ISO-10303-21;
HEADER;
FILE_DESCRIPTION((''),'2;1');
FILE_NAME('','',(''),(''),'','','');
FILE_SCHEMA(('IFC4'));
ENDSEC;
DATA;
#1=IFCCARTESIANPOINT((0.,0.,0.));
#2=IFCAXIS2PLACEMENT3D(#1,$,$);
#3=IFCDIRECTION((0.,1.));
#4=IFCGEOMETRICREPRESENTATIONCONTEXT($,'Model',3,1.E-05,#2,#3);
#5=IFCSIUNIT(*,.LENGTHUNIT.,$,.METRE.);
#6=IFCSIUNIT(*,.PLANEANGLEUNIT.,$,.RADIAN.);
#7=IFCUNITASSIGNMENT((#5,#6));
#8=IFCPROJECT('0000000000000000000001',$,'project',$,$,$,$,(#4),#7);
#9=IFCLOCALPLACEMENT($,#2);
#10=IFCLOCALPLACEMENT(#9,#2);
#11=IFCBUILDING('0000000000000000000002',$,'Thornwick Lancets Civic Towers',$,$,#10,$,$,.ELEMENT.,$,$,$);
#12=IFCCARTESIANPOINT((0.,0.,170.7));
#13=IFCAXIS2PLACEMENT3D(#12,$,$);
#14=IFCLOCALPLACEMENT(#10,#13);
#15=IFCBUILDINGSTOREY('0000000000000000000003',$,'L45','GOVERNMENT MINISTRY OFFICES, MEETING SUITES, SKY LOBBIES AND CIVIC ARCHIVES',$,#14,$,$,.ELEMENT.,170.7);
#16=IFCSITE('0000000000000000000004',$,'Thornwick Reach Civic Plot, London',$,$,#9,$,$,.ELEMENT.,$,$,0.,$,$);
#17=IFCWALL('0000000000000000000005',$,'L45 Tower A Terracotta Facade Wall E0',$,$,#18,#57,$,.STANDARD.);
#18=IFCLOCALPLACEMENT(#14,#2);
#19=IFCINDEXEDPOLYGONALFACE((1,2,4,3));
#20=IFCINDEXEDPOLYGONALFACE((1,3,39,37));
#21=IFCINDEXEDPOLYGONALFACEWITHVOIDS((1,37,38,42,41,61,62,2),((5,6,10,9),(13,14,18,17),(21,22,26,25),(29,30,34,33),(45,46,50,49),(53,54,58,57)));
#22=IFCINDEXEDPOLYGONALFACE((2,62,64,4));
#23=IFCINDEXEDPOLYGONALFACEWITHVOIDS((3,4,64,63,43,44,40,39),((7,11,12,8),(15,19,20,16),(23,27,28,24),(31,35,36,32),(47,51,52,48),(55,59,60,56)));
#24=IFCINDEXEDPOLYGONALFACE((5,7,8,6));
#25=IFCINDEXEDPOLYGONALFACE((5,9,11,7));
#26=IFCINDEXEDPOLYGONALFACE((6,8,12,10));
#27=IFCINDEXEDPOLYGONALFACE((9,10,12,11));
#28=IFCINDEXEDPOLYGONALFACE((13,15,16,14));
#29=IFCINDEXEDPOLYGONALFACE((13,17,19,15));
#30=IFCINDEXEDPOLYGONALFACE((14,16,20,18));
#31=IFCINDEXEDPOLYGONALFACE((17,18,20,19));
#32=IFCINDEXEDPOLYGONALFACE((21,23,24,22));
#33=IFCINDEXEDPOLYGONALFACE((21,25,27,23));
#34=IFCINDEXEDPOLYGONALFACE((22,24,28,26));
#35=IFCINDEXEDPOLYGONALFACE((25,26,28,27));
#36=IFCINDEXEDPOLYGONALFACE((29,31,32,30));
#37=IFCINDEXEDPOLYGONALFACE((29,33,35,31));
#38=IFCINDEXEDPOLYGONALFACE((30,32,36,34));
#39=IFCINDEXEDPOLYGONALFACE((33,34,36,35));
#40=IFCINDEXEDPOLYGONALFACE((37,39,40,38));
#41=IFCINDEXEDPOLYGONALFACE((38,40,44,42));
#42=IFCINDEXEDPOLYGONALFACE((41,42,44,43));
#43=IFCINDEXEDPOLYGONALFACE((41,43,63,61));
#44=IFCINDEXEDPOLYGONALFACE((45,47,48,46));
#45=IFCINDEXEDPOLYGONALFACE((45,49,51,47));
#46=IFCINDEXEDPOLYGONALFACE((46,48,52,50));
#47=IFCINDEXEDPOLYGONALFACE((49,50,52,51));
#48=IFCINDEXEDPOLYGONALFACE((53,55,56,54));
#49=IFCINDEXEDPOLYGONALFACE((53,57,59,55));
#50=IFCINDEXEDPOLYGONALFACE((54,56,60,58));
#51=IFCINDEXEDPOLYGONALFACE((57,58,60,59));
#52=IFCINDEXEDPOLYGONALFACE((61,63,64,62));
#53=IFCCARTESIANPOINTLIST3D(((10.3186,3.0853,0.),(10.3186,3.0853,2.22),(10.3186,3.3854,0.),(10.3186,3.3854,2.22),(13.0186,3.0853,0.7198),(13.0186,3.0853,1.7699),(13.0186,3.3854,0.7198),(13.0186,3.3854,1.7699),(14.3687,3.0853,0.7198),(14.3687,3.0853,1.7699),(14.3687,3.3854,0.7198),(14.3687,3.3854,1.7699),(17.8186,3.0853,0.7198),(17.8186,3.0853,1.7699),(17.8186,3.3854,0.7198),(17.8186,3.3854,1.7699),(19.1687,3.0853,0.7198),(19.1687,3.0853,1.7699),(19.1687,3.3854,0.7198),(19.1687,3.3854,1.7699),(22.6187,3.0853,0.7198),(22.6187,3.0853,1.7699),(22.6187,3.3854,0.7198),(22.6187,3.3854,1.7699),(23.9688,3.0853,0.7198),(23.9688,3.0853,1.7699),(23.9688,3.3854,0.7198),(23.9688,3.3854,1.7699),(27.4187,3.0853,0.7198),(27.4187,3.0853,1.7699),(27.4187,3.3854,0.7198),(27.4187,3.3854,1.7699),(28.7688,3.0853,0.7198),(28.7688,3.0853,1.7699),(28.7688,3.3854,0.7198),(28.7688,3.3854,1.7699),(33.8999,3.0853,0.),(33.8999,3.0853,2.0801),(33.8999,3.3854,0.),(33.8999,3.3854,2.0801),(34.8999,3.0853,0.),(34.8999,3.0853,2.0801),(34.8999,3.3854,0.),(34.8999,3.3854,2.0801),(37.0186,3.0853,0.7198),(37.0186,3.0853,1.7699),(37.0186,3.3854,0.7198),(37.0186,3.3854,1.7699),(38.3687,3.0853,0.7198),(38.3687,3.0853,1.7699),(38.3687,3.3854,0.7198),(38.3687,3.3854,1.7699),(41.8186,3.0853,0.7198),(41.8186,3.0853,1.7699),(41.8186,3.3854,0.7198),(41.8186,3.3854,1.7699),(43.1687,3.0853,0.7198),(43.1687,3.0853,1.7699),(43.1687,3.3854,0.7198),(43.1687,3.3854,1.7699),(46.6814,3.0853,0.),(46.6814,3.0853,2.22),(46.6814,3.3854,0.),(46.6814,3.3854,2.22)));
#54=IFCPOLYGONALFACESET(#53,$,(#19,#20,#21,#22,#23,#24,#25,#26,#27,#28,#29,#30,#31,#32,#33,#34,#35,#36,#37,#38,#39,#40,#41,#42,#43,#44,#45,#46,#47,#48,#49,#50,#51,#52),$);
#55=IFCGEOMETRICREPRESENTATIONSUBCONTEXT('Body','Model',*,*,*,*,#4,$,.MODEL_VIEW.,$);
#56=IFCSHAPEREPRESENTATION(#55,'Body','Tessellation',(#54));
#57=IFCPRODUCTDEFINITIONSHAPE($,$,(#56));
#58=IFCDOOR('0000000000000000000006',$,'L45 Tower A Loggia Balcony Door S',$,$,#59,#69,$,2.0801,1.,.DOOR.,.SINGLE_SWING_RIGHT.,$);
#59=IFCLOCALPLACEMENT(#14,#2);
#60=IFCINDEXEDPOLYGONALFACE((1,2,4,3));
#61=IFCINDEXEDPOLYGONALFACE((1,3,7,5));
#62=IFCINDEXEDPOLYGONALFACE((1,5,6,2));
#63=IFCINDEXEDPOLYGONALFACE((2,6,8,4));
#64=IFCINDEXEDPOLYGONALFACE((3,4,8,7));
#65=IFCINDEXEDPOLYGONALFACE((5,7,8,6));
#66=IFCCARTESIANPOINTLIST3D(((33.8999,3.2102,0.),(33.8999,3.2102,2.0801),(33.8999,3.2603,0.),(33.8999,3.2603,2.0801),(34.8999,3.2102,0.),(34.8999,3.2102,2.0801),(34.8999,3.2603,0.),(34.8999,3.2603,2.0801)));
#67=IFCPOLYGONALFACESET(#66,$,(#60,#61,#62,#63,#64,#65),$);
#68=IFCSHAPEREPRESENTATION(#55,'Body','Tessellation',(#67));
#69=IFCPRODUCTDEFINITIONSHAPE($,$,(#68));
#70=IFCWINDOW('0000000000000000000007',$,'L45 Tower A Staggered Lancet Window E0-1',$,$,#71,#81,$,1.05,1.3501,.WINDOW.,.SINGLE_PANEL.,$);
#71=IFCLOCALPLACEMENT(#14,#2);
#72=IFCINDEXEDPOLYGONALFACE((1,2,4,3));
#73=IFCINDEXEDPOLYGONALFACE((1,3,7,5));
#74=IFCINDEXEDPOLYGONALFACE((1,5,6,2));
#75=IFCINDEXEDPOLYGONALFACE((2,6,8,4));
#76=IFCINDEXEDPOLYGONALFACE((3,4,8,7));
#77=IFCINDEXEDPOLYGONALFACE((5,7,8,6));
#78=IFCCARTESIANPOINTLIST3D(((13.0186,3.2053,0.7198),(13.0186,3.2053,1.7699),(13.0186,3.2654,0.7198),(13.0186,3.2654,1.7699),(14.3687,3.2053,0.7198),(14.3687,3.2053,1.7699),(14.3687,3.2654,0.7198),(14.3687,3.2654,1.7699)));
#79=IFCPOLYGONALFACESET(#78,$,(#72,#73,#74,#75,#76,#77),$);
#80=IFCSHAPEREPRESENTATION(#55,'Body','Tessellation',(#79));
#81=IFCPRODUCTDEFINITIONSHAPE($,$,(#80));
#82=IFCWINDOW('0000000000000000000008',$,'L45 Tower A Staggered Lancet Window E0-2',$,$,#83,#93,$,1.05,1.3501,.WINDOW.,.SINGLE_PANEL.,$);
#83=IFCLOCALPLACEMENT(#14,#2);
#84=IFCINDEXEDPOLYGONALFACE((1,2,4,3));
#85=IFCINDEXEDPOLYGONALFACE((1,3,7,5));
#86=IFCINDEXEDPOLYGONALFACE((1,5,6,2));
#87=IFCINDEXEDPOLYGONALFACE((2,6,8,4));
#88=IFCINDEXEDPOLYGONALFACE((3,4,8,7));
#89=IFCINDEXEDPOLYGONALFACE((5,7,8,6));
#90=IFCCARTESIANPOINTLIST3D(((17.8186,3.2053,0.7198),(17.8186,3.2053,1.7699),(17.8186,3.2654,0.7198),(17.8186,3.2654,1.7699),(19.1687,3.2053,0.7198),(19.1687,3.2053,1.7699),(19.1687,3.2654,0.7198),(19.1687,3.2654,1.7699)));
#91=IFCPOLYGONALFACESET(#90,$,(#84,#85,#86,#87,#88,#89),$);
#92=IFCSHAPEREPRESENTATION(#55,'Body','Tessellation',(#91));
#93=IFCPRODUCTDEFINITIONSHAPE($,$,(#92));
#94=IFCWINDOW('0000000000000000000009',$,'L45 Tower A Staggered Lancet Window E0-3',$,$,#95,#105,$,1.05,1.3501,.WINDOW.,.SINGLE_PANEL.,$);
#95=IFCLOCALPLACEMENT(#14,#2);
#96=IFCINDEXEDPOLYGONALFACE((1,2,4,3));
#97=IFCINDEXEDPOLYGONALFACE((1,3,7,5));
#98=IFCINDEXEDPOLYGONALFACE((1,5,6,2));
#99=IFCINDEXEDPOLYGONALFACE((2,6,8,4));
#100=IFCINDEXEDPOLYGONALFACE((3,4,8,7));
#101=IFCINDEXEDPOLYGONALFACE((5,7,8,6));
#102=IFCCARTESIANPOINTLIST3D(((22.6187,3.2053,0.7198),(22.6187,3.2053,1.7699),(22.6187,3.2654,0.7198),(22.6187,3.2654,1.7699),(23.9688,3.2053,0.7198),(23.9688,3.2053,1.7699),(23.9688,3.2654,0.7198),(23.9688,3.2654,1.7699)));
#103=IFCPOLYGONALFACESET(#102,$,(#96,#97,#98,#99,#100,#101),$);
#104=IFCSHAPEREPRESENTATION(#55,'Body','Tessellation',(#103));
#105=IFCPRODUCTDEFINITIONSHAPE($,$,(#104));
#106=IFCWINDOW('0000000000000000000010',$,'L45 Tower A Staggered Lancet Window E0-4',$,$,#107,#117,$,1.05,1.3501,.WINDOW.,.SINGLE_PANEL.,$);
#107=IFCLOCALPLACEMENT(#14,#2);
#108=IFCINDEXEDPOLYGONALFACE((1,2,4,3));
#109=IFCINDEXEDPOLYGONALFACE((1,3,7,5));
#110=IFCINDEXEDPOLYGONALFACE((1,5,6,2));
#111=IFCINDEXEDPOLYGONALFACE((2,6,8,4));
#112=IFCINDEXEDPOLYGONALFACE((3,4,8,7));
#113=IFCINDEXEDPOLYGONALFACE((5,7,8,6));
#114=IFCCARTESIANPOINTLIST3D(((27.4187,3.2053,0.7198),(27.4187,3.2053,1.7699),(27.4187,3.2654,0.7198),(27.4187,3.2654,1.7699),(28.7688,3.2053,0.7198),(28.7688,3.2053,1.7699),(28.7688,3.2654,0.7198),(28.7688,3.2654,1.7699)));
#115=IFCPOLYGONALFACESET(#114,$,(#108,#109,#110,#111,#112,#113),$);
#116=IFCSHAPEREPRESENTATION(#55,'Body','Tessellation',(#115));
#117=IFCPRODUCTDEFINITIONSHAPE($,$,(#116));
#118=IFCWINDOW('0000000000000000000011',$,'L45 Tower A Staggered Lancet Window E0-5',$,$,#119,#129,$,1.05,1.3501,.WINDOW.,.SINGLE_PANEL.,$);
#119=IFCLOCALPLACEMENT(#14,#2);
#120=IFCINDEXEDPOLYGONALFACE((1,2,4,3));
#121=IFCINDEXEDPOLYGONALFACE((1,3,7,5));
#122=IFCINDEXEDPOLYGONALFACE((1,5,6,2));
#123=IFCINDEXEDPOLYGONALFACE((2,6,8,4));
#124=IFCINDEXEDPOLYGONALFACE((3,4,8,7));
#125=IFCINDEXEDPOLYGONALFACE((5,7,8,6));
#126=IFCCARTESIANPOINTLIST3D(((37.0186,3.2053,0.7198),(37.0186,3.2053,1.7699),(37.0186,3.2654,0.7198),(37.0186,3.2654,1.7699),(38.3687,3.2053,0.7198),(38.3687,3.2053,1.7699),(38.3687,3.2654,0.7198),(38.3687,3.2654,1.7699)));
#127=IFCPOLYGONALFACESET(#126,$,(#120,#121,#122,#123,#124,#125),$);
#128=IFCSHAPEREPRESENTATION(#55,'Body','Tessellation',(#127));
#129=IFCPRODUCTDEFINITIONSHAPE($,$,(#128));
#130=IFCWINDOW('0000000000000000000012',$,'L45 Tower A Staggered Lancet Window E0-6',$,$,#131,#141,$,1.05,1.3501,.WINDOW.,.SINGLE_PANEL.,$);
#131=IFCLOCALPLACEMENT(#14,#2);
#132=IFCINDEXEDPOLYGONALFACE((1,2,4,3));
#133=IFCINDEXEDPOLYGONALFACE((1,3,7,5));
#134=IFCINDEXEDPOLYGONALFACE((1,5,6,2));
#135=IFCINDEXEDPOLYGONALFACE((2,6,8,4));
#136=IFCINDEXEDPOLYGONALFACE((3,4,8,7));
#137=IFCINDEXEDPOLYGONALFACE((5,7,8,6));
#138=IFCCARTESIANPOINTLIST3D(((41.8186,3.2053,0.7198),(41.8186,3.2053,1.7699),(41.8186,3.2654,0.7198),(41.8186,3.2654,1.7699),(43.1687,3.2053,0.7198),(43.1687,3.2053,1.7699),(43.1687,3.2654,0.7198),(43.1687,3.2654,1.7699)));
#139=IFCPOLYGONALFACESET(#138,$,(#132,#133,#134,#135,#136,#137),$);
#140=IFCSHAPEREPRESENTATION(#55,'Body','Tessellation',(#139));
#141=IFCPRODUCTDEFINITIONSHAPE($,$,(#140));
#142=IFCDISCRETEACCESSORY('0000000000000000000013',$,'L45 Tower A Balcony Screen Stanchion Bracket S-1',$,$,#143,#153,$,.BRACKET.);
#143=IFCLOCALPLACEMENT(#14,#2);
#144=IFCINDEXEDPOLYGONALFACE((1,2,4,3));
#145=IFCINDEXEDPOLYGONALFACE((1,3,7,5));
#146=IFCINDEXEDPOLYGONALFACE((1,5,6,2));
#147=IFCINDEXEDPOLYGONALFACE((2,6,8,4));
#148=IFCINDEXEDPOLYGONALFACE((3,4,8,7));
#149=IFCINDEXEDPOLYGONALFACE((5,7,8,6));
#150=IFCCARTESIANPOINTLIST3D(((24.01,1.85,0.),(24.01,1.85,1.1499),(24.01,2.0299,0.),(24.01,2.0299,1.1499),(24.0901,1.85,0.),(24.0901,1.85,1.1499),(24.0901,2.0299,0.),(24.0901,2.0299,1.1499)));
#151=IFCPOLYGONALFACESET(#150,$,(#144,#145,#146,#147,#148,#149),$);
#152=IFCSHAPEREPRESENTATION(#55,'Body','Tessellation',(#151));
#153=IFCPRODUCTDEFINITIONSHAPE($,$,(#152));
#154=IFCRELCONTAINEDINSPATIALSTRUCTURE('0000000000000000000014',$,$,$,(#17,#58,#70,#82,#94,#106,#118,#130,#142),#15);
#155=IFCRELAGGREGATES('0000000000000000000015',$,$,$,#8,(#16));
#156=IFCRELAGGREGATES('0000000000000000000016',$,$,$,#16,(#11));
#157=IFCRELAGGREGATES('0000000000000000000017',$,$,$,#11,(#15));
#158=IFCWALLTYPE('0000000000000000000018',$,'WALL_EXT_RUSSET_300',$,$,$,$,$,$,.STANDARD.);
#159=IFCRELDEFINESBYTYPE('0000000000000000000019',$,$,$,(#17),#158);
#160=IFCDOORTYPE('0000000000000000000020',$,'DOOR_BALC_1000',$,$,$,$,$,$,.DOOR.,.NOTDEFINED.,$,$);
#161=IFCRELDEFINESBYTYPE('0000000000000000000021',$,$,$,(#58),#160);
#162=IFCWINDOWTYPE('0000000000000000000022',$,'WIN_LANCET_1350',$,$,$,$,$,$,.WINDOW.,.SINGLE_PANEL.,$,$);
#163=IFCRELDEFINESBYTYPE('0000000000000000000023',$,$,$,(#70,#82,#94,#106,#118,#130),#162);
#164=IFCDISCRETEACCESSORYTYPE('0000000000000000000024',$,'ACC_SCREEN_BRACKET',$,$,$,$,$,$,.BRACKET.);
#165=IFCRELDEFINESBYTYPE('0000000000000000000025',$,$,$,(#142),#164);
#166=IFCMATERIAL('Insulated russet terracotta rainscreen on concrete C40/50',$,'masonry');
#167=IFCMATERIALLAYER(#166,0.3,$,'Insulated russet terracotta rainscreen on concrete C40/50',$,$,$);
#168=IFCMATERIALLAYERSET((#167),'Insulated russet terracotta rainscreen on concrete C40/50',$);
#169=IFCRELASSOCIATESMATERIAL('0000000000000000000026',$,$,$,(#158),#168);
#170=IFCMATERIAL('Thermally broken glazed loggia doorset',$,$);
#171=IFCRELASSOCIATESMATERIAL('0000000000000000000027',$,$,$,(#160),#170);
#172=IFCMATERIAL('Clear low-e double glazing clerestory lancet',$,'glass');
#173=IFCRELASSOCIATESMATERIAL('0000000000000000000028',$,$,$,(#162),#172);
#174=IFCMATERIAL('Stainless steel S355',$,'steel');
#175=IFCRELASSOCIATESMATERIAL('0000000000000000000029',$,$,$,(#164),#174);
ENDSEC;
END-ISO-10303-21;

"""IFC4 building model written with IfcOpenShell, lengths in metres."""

from ifc_helpers import new_model, si_unit, direction, frame, frame_2d, origin, origin_2d, place, context, subcontext, project, spatial, rectangle, extrude, material, layer, layer_set, type_object, element, fill, save


model = new_model("IFC4")

# Units and contexts
model_context = context("Model", 3, precision=1e-05, world=origin(), true_north=direction((0.0, 1.0)))
body_context = subcontext(model_context, "Body", "Model", "MODEL_VIEW")
ifc_project = project(units=[si_unit("LENGTHUNIT", "METRE"), si_unit("PLANEANGLEUNIT", "RADIAN")], contexts=[model_context])

# Site, building, storey
site_placement = place(None, origin())
site = spatial("IfcSite", under=ifc_project, at=site_placement, Name="Thornwick Reach Civic Plot, London", CompositionType="ELEMENT", RefElevation=0.0)
building_placement = place(site_placement, origin())
building = spatial("IfcBuilding", under=site, at=building_placement, Name="Thornwick Lancets Civic Towers", CompositionType="ELEMENT")
storey_placement = place(building_placement, frame((0.0, 0.0, 170.7)))
storey = spatial("IfcBuildingStorey", under=building, at=storey_placement, Name="L45", Description="GOVERNMENT MINISTRY OFFICES, MEETING SUITES, SKY LOBBIES AND CIVIC ARCHIVES", CompositionType="ELEMENT", Elevation=170.7)

# Wall, openings, door, windows
ifc_material_1 = material(Name="Insulated russet terracotta rainscreen on concrete C40/50", Category="masonry")
ifc_layer_1 = layer(ifc_material_1, 0.3, Name="Insulated russet terracotta rainscreen on concrete C40/50")
ifc_layer_set_1 = layer_set([ifc_layer_1], Name="Insulated russet terracotta rainscreen on concrete C40/50")
wall_type_1 = type_object("IfcWallType", Name="WALL_EXT_RUSSET_300", PredefinedType="STANDARD", material=ifc_layer_set_1)
wall_1_placement = place(storey_placement, frame((10.3186, 3.2354, 0.0), z_axis=(0.0, 0.0, 1.0), x_axis=(1.0, 0.0, 0.0)))
wall_1 = element("IfcWall", 1, at=wall_1_placement, inside=storey, type_object=wall_type_1, Name="L45 Tower A Terracotta Facade Wall E0", PredefinedType="STANDARD", context=body_context, shape_type="SweptSolid", body=[
    extrude(rectangle(XDim=36.3628, YDim=0.3, at=frame_2d((18.1814, 0.0))), origin(), (0.0, 0.0, 1.0), 2.22),
])
opening_1_placement = place(wall_1_placement, frame((23.5813, 0.0, 0.0)))
opening_1 = element("IfcOpeningElement", 2, at=opening_1_placement, cuts=wall_1, PredefinedType="OPENING", context=body_context, shape_type="SweptSolid", body=[
    extrude(rectangle(XDim=1.0, YDim=2.0801, at=frame_2d((0.5, 1.04))), frame((0.0, 0.1602, 0.0), z_axis=(0.0, -1.0, 0.0), x_axis=(1.0, 0.0, 0.0)), (0.0, 0.0, 1.0), 0.3201),
])
opening_2_placement = place(wall_1_placement, frame((2.7, 0.0, 0.72)))
opening_2 = element("IfcOpeningElement", 3, at=opening_2_placement, cuts=wall_1, PredefinedType="OPENING", context=body_context, shape_type="SweptSolid", body=[
    extrude(rectangle(XDim=1.3501, YDim=1.05, at=frame_2d((0.675, 0.5249))), frame((0.0, 0.1602, 0.0), z_axis=(0.0, -1.0, 0.0), x_axis=(1.0, 0.0, 0.0)), (0.0, 0.0, 1.0), 0.3201),
])
opening_3_placement = place(wall_1_placement, frame((7.5, 0.0, 0.72)))
opening_3 = element("IfcOpeningElement", 4, at=opening_3_placement, cuts=wall_1, PredefinedType="OPENING", context=body_context, shape_type="SweptSolid", body=[
    extrude(rectangle(XDim=1.3501, YDim=1.05, at=frame_2d((0.675, 0.5249))), frame((0.0, 0.1602, 0.0), z_axis=(0.0, -1.0, 0.0), x_axis=(1.0, 0.0, 0.0)), (0.0, 0.0, 1.0), 0.3201),
])
opening_4_placement = place(wall_1_placement, frame((12.3, 0.0, 0.72)))
opening_4 = element("IfcOpeningElement", 5, at=opening_4_placement, cuts=wall_1, PredefinedType="OPENING", context=body_context, shape_type="SweptSolid", body=[
    extrude(rectangle(XDim=1.3501, YDim=1.05, at=frame_2d((0.675, 0.5249))), frame((0.0, 0.1602, 0.0), z_axis=(0.0, -1.0, 0.0), x_axis=(1.0, 0.0, 0.0)), (0.0, 0.0, 1.0), 0.3201),
])
opening_5_placement = place(wall_1_placement, frame((17.1001, 0.0, 0.72)))
opening_5 = element("IfcOpeningElement", 6, at=opening_5_placement, cuts=wall_1, PredefinedType="OPENING", context=body_context, shape_type="SweptSolid", body=[
    extrude(rectangle(XDim=1.3501, YDim=1.05, at=frame_2d((0.675, 0.5249))), frame((0.0, 0.1602, 0.0), z_axis=(0.0, -1.0, 0.0), x_axis=(1.0, 0.0, 0.0)), (0.0, 0.0, 1.0), 0.3201),
])
opening_6_placement = place(wall_1_placement, frame((26.7, 0.0, 0.72)))
opening_6 = element("IfcOpeningElement", 7, at=opening_6_placement, cuts=wall_1, PredefinedType="OPENING", context=body_context, shape_type="SweptSolid", body=[
    extrude(rectangle(XDim=1.3501, YDim=1.05, at=frame_2d((0.675, 0.5249))), frame((0.0, 0.1602, 0.0), z_axis=(0.0, -1.0, 0.0), x_axis=(1.0, 0.0, 0.0)), (0.0, 0.0, 1.0), 0.3201),
])
opening_7_placement = place(wall_1_placement, frame((31.5, 0.0, 0.72)))
opening_7 = element("IfcOpeningElement", 8, at=opening_7_placement, cuts=wall_1, PredefinedType="OPENING", context=body_context, shape_type="SweptSolid", body=[
    extrude(rectangle(XDim=1.3501, YDim=1.05, at=frame_2d((0.675, 0.5249))), frame((0.0, 0.1602, 0.0), z_axis=(0.0, -1.0, 0.0), x_axis=(1.0, 0.0, 0.0)), (0.0, 0.0, 1.0), 0.3201),
])
ifc_material_2 = material(Name="Thermally broken glazed loggia doorset")
door_type = type_object("IfcDoorType", Name="DOOR_BALC_1000", OperationType="NOTDEFINED", PredefinedType="DOOR", material=ifc_material_2)
door_placement = place(opening_1_placement, origin())
door = element("IfcDoor", 9, at=door_placement, inside=storey, type_object=door_type, Name="L45 Tower A Loggia Balcony Door S", OperationType="SINGLE_SWING_RIGHT", OverallHeight=2.0801, OverallWidth=1.0, PredefinedType="DOOR", context=body_context, shape_type="SweptSolid", body=[
    extrude(rectangle(XDim=1.0, YDim=2.0801, at=frame_2d((0.5, 1.04))), frame((0.0, 0.0249, 0.0), z_axis=(0.0, -1.0, 0.0), x_axis=(1.0, 0.0, 0.0)), (0.0, 0.0, 1.0), 0.05),
])
fill(opening_1, door)
ifc_material_3 = material(Name="Clear low-e double glazing clerestory lancet", Category="glass")
window_type = type_object("IfcWindowType", Name="WIN_LANCET_1350", PartitioningType="SINGLE_PANEL", PredefinedType="WINDOW", material=ifc_material_3)
window_1_placement = place(opening_2_placement, origin())
window_1 = element("IfcWindow", 10, at=window_1_placement, inside=storey, type_object=window_type, Name="L45 Tower A Staggered Lancet Window E0-1", OverallHeight=1.05, OverallWidth=1.3501, PartitioningType="SINGLE_PANEL", PredefinedType="WINDOW", context=body_context, shape_type="SweptSolid", body=[
    extrude(rectangle(XDim=1.3501, YDim=1.05, at=frame_2d((0.675, 0.5249))), frame((0.0, 0.03, 0.0), z_axis=(0.0, -1.0, 0.0), x_axis=(1.0, 0.0, 0.0)), (0.0, 0.0, 1.0), 0.0601),
])
fill(opening_2, window_1)
window_2_placement = place(opening_3_placement, origin())
window_2 = element("IfcWindow", 11, at=window_2_placement, inside=storey, type_object=window_type, Name="L45 Tower A Staggered Lancet Window E0-2", OverallHeight=1.05, OverallWidth=1.3501, PartitioningType="SINGLE_PANEL", PredefinedType="WINDOW", context=body_context, shape_type="SweptSolid", body=[
    extrude(rectangle(XDim=1.3501, YDim=1.05, at=frame_2d((0.675, 0.5249))), frame((0.0, 0.03, 0.0), z_axis=(0.0, -1.0, 0.0), x_axis=(1.0, 0.0, 0.0)), (0.0, 0.0, 1.0), 0.0601),
])
fill(opening_3, window_2)
window_3_placement = place(opening_4_placement, origin())
window_3 = element("IfcWindow", 12, at=window_3_placement, inside=storey, type_object=window_type, Name="L45 Tower A Staggered Lancet Window E0-3", OverallHeight=1.05, OverallWidth=1.3501, PartitioningType="SINGLE_PANEL", PredefinedType="WINDOW", context=body_context, shape_type="SweptSolid", body=[
    extrude(rectangle(XDim=1.3501, YDim=1.05, at=frame_2d((0.675, 0.5249))), frame((0.0, 0.03, 0.0), z_axis=(0.0, -1.0, 0.0), x_axis=(1.0, 0.0, 0.0)), (0.0, 0.0, 1.0), 0.0601),
])
fill(opening_4, window_3)
window_4_placement = place(opening_5_placement, origin())
window_4 = element("IfcWindow", 13, at=window_4_placement, inside=storey, type_object=window_type, Name="L45 Tower A Staggered Lancet Window E0-4", OverallHeight=1.05, OverallWidth=1.3501, PartitioningType="SINGLE_PANEL", PredefinedType="WINDOW", context=body_context, shape_type="SweptSolid", body=[
    extrude(rectangle(XDim=1.3501, YDim=1.05, at=frame_2d((0.675, 0.5249))), frame((0.0, 0.03, 0.0), z_axis=(0.0, -1.0, 0.0), x_axis=(1.0, 0.0, 0.0)), (0.0, 0.0, 1.0), 0.0601),
])
fill(opening_5, window_4)
window_5_placement = place(opening_6_placement, origin())
window_5 = element("IfcWindow", 14, at=window_5_placement, inside=storey, type_object=window_type, Name="L45 Tower A Staggered Lancet Window E0-5", OverallHeight=1.05, OverallWidth=1.3501, PartitioningType="SINGLE_PANEL", PredefinedType="WINDOW", context=body_context, shape_type="SweptSolid", body=[
    extrude(rectangle(XDim=1.3501, YDim=1.05, at=frame_2d((0.675, 0.5249))), frame((0.0, 0.03, 0.0), z_axis=(0.0, -1.0, 0.0), x_axis=(1.0, 0.0, 0.0)), (0.0, 0.0, 1.0), 0.0601),
])
fill(opening_6, window_5)
window_6_placement = place(opening_7_placement, origin())
window_6 = element("IfcWindow", 15, at=window_6_placement, inside=storey, type_object=window_type, Name="L45 Tower A Staggered Lancet Window E0-6", OverallHeight=1.05, OverallWidth=1.3501, PartitioningType="SINGLE_PANEL", PredefinedType="WINDOW", context=body_context, shape_type="SweptSolid", body=[
    extrude(rectangle(XDim=1.3501, YDim=1.05, at=frame_2d((0.675, 0.5249))), frame((0.0, 0.03, 0.0), z_axis=(0.0, -1.0, 0.0), x_axis=(1.0, 0.0, 0.0)), (0.0, 0.0, 1.0), 0.0601),
])
fill(opening_7, window_6)

# Discrete accessory
ifc_material_4 = material(Name="Stainless steel S355", Category="steel")
discrete_accessory_type = type_object("IfcDiscreteAccessoryType", Name="ACC_SCREEN_BRACKET", PredefinedType="BRACKET", material=ifc_material_4)
discrete_accessory_placement = place(storey_placement, frame((24.05, 1.9399, 0.0), z_axis=(0.0, 0.0, 1.0), x_axis=(1.0, 0.0, 0.0)))
element("IfcDiscreteAccessory", 16, at=discrete_accessory_placement, inside=storey, type_object=discrete_accessory_type, Name="L45 Tower A Balcony Screen Stanchion Bracket S-1", PredefinedType="BRACKET", context=body_context, shape_type="SweptSolid", body=[
    extrude(rectangle(XDim=0.0801, YDim=0.1799, at=origin_2d()), origin(), (0.0, 0.0, 1.0), 1.1499),
])

save(model, "model.ifc")
